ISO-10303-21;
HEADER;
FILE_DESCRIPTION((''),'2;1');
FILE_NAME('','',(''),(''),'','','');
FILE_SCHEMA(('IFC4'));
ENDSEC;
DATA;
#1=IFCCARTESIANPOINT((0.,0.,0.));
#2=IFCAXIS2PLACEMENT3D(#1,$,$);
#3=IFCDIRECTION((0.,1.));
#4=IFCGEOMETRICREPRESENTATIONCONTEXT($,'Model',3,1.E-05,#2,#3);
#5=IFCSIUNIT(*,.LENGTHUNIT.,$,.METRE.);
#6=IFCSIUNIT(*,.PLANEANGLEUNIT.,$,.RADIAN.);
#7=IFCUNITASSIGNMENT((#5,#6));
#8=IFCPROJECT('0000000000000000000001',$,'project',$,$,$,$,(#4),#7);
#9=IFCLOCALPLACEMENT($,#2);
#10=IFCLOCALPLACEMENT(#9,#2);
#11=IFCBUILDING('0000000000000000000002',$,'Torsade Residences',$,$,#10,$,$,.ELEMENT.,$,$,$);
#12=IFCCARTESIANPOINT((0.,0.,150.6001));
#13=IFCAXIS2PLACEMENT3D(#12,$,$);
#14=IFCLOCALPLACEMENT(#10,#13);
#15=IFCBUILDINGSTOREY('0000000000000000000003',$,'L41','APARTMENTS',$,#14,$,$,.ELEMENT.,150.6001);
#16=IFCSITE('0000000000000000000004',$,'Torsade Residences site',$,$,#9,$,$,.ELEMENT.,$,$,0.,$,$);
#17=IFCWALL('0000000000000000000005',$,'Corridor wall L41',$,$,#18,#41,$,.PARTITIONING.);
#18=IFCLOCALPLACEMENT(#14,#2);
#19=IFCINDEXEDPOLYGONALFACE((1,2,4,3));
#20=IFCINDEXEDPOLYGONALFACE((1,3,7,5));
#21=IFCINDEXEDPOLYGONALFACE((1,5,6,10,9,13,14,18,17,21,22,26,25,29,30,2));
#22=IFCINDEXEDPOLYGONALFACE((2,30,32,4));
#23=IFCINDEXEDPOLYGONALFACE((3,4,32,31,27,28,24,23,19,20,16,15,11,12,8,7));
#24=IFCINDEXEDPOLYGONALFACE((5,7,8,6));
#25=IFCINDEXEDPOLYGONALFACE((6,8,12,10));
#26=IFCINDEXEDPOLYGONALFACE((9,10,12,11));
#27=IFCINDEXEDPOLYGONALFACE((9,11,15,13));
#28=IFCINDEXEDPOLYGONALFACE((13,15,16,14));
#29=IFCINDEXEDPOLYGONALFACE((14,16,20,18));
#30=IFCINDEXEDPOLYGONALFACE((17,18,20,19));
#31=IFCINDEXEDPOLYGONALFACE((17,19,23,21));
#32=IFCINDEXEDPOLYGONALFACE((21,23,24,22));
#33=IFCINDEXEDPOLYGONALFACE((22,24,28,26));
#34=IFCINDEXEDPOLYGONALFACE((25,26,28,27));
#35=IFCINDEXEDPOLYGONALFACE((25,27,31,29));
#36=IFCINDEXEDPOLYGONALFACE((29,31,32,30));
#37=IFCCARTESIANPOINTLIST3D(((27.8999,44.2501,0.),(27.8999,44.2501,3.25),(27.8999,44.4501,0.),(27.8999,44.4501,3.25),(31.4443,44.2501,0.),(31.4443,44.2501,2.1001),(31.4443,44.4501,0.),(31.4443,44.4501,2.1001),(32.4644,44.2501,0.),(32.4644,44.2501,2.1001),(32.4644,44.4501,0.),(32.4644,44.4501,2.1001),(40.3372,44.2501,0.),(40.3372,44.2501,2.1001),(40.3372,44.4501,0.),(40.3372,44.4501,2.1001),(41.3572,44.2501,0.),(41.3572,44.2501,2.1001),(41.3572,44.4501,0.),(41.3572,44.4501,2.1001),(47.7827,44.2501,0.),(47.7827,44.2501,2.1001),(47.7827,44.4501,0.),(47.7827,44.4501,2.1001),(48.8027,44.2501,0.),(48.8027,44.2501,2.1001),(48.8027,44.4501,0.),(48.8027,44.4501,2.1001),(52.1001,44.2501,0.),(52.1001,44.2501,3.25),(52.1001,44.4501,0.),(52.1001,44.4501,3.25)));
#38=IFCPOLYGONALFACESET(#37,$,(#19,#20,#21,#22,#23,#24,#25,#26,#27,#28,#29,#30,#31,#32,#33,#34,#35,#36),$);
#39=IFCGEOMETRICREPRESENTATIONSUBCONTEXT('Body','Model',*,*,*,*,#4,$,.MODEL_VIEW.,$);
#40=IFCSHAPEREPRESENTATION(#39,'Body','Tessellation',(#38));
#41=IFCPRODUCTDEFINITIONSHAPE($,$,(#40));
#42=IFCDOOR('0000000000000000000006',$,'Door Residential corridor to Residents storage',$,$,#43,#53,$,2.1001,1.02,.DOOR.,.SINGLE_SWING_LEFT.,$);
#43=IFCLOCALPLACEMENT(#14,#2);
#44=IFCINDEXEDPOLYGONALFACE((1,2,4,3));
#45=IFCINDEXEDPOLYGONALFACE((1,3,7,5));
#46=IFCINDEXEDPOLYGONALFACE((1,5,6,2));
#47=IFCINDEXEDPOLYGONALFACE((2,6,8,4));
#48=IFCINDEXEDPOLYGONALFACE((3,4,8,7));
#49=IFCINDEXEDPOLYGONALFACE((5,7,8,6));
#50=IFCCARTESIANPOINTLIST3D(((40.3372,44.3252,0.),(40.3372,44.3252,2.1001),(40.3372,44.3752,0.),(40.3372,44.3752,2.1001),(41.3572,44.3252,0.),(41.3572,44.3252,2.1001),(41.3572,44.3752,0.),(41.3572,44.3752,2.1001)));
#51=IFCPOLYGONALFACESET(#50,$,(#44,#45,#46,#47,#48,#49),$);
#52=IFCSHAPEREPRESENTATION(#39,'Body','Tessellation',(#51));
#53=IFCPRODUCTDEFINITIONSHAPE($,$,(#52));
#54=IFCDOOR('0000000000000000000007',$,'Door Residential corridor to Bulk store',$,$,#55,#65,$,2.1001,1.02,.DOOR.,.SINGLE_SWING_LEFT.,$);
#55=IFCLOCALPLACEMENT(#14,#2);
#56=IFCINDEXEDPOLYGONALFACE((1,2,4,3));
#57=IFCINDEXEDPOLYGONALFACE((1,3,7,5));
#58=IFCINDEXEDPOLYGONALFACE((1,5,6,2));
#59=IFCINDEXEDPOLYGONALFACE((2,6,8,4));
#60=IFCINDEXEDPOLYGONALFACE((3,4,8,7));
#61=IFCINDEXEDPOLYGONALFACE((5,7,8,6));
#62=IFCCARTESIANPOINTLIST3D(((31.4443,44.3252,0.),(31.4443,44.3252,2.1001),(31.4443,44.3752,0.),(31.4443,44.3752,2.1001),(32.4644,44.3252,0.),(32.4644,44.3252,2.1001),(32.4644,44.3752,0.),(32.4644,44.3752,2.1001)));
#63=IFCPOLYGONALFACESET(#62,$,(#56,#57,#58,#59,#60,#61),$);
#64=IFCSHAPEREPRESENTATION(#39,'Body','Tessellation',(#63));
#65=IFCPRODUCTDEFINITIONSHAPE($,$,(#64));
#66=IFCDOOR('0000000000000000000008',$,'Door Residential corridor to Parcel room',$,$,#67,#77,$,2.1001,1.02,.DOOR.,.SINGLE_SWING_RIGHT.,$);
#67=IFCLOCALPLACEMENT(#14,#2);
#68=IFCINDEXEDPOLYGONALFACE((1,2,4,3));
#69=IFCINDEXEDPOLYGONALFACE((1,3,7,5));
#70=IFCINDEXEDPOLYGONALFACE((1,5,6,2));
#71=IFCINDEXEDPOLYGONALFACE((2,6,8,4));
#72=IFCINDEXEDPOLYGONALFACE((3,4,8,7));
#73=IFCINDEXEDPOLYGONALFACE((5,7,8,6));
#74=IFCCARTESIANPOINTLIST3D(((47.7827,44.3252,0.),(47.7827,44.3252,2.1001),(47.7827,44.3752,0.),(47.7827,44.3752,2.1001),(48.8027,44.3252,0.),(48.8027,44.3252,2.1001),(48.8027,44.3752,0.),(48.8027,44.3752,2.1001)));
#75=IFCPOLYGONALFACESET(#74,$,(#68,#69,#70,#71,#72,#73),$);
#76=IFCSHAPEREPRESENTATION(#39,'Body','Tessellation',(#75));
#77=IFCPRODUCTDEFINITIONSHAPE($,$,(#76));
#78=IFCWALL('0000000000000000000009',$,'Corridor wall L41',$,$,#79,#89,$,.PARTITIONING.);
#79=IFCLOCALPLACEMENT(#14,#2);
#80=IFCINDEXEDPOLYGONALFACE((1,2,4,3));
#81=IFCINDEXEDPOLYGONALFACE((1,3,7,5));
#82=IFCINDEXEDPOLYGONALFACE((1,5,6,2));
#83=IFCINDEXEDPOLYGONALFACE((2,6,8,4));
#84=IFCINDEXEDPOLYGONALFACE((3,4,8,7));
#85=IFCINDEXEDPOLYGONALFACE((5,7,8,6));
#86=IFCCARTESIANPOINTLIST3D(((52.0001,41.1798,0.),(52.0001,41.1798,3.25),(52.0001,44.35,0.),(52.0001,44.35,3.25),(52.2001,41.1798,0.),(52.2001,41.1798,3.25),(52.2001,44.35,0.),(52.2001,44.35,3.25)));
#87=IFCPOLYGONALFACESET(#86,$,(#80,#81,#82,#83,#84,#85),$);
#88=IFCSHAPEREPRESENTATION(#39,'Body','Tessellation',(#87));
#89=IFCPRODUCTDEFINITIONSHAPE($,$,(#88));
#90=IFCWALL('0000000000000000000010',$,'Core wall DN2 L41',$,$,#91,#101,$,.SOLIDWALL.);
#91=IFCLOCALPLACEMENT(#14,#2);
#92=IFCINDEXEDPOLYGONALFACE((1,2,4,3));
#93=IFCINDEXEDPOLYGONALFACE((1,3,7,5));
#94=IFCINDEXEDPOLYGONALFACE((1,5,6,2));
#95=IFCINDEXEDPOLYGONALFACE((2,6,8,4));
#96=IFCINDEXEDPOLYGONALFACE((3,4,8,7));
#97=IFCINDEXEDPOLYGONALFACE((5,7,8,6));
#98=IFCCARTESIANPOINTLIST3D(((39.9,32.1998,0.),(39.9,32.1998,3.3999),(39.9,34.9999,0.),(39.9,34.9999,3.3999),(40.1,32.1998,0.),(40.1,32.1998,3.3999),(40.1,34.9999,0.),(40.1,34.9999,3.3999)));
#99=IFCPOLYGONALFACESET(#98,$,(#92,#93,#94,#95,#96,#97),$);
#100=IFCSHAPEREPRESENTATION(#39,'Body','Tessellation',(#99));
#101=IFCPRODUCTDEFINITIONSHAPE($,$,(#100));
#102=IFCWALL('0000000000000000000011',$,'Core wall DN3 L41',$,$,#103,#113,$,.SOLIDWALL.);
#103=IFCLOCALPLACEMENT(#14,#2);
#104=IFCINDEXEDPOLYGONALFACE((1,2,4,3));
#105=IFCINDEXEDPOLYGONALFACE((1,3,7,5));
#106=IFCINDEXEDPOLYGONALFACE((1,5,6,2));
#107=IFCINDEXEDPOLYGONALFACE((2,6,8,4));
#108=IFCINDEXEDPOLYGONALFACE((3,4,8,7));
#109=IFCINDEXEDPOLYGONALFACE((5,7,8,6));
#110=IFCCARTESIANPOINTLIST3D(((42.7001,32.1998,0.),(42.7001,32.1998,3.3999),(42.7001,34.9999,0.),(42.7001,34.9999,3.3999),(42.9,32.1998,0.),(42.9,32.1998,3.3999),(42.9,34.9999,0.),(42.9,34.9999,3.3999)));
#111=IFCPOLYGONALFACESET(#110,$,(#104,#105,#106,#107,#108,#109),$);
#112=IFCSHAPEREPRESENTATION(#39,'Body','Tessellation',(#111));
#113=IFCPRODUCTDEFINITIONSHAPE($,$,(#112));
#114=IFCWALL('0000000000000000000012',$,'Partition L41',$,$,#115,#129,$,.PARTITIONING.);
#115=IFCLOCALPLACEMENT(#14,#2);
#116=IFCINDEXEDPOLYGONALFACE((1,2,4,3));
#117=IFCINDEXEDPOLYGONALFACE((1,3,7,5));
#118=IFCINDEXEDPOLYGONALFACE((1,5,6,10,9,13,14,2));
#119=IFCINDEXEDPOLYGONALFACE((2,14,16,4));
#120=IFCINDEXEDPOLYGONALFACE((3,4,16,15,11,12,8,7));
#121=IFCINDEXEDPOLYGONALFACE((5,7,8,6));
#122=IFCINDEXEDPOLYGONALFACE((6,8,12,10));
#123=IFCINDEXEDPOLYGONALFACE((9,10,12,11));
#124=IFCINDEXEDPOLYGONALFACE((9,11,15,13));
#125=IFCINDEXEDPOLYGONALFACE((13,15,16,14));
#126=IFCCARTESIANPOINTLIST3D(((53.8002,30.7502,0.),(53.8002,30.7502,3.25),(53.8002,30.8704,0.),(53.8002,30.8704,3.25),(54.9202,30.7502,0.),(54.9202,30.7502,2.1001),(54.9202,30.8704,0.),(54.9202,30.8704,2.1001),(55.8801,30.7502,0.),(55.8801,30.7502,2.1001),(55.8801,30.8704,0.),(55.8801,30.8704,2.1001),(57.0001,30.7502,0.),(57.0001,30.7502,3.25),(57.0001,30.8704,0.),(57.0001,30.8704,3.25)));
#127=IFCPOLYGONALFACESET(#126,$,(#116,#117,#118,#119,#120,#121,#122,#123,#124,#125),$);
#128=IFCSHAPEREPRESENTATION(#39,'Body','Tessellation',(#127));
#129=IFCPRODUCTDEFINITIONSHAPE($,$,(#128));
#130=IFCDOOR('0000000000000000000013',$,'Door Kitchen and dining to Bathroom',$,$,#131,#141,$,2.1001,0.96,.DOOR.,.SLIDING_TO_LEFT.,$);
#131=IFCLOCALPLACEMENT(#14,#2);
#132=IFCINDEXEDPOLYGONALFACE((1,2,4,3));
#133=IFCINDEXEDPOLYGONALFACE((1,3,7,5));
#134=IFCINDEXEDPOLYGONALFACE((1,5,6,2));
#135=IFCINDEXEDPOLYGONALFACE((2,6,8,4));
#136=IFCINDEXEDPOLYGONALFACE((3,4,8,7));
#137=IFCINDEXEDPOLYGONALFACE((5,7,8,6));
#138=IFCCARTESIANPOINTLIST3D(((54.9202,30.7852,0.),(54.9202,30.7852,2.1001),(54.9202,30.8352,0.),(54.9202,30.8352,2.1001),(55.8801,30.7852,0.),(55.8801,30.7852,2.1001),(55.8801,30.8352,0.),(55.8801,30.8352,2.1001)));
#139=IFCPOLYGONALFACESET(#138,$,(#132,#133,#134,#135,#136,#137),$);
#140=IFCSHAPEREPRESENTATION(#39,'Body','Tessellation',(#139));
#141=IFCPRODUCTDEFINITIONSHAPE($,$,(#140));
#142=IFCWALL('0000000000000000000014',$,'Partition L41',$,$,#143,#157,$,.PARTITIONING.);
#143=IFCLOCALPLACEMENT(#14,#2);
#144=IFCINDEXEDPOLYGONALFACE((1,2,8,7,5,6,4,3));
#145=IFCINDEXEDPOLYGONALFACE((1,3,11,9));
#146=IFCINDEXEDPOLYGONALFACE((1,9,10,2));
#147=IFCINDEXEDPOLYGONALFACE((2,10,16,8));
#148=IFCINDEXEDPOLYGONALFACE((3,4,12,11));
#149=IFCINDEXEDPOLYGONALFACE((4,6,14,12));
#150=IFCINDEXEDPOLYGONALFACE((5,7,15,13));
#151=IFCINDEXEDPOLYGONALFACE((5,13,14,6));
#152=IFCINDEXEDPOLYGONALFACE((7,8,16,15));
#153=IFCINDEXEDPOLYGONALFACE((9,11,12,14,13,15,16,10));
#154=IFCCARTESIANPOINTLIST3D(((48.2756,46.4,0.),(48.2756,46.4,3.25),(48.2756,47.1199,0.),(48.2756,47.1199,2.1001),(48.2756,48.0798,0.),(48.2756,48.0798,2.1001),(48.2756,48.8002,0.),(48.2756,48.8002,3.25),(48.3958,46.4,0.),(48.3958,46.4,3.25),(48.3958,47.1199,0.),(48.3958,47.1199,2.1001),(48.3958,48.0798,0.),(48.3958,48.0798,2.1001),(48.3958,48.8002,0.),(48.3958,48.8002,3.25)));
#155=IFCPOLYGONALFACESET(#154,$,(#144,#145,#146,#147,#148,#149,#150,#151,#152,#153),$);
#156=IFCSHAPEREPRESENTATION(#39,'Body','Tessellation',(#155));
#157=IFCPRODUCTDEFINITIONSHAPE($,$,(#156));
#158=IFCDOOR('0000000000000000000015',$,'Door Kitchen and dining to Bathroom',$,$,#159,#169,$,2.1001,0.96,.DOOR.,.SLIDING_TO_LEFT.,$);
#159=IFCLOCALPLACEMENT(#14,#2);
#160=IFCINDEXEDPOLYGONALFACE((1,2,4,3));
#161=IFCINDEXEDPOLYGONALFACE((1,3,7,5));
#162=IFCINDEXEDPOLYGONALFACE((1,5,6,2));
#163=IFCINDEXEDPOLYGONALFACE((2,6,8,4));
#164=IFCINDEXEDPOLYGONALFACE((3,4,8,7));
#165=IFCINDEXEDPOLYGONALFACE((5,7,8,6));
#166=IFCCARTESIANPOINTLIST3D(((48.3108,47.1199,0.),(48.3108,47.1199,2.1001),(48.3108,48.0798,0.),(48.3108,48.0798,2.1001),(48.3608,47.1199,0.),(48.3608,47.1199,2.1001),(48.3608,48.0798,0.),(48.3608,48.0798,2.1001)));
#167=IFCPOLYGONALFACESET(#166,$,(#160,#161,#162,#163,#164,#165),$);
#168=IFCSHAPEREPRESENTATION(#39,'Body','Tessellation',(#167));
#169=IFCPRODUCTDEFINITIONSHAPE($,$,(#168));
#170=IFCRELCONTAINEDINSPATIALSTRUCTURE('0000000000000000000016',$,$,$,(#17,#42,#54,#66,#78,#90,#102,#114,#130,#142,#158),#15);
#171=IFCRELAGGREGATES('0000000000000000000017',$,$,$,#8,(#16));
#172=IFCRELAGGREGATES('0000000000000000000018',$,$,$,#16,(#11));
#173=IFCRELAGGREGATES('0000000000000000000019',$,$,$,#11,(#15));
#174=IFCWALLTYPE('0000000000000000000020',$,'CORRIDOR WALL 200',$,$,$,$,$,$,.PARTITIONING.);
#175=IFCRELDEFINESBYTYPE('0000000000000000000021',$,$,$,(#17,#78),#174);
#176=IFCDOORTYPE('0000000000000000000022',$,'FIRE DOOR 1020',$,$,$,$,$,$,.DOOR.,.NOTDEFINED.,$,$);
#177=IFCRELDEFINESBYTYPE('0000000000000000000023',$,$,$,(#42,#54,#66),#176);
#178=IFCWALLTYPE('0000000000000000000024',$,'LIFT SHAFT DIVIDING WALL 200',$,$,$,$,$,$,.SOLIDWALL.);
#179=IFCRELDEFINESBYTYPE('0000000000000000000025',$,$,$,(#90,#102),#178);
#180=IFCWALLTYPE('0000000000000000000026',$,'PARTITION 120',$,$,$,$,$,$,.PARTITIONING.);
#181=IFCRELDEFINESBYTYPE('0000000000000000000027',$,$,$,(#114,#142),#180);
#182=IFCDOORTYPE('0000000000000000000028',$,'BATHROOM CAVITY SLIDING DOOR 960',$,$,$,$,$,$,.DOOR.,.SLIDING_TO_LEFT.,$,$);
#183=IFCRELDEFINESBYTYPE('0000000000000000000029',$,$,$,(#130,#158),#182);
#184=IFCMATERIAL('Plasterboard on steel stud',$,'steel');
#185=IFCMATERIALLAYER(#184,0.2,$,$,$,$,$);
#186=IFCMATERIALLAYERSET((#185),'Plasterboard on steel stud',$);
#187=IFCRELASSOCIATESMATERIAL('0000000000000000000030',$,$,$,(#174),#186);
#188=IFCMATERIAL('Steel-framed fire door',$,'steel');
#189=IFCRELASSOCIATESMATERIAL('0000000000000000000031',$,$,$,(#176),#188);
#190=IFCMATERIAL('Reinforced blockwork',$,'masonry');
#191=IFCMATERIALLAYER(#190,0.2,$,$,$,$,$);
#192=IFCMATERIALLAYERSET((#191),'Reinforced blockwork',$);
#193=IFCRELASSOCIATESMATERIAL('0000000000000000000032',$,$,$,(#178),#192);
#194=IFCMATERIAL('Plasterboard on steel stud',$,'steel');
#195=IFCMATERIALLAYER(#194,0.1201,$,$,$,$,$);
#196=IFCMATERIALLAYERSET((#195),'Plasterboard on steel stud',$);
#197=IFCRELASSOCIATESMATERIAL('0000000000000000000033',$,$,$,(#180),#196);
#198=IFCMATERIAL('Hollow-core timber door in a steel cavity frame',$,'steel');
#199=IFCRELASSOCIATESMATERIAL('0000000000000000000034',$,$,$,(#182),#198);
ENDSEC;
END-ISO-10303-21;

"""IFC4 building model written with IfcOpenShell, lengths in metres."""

from ifc_helpers import new_model, si_unit, direction, frame, frame_2d, origin, place, context, subcontext, project, spatial, rectangle, extrude, material, layer, layer_set, type_object, element, fill, save


model = new_model("IFC4")

# Units and contexts
model_context = context("Model", 3, precision=1e-05, world=origin(), true_north=direction((0.0, 1.0)))
body_context = subcontext(model_context, "Body", "Model", "MODEL_VIEW")
ifc_project = project(units=[si_unit("LENGTHUNIT", "METRE"), si_unit("PLANEANGLEUNIT", "RADIAN")], contexts=[model_context])

# Site, building, storey
site_placement = place(None, origin())
site = spatial("IfcSite", under=ifc_project, at=site_placement, Name="Torsade Residences site", CompositionType="ELEMENT", RefElevation=0.0)
building_placement = place(site_placement, origin())
building = spatial("IfcBuilding", under=site, at=building_placement, Name="Torsade Residences", CompositionType="ELEMENT")
storey_placement = place(building_placement, frame((0.0, 0.0, 150.6001)))
storey = spatial("IfcBuildingStorey", under=building, at=storey_placement, Name="L41", Description="APARTMENTS", CompositionType="ELEMENT", Elevation=150.6001)

# Shared definitions
ifc_material_1 = material(Name="Plasterboard on steel stud", Category="steel")
ifc_layer_1 = layer(ifc_material_1, 0.2)
ifc_layer_set_1 = layer_set([ifc_layer_1], Name="Plasterboard on steel stud")
wall_type_1 = type_object("IfcWallType", Name="CORRIDOR WALL 200", PredefinedType="PARTITIONING", material=ifc_layer_set_1)

# Wall, openings, doors
wall_1_placement = place(storey_placement, frame((52.1001, 44.3501, 0.0), z_axis=(0.0, 0.0, 1.0), x_axis=(-1.0, 0.0, 0.0)))
wall_1 = element("IfcWall", 1, at=wall_1_placement, inside=storey, type_object=wall_type_1, Name="Corridor wall L41", PredefinedType="PARTITIONING", context=body_context, shape_type="SweptSolid", body=[
    extrude(rectangle(XDim=24.2002, YDim=0.2, at=frame_2d((12.1001, 0.0))), origin(), (0.0, 0.0, 1.0), 3.25),
])
opening_1_placement = place(wall_1_placement, frame((10.7429, 0.0, 0.0)))
opening_1 = element("IfcOpeningElement", 2, at=opening_1_placement, cuts=wall_1, PredefinedType="OPENING", context=body_context, shape_type="SweptSolid", body=[
    extrude(rectangle(XDim=1.02, YDim=2.1001, at=frame_2d((0.51, 1.05))), frame((0.0, 0.1099, 0.0), z_axis=(0.0, -1.0, 0.0), x_axis=(1.0, 0.0, 0.0)), (0.0, 0.0, 1.0), 0.22),
])
opening_2_placement = place(wall_1_placement, frame((19.6357, 0.0, 0.0)))
opening_2 = element("IfcOpeningElement", 3, at=opening_2_placement, cuts=wall_1, PredefinedType="OPENING", context=body_context, shape_type="SweptSolid", body=[
    extrude(rectangle(XDim=1.02, YDim=2.1001, at=frame_2d((0.51, 1.05))), frame((0.0, 0.1099, 0.0), z_axis=(0.0, -1.0, 0.0), x_axis=(1.0, 0.0, 0.0)), (0.0, 0.0, 1.0), 0.22),
])
opening_3_placement = place(wall_1_placement, frame((3.2974, 0.0, 0.0)))
opening_3 = element("IfcOpeningElement", 4, at=opening_3_placement, cuts=wall_1, PredefinedType="OPENING", context=body_context, shape_type="SweptSolid", body=[
    extrude(rectangle(XDim=1.02, YDim=2.1001, at=frame_2d((0.51, 1.05))), frame((0.0, 0.1099, 0.0), z_axis=(0.0, -1.0, 0.0), x_axis=(1.0, 0.0, 0.0)), (0.0, 0.0, 1.0), 0.22),
])
ifc_material_2 = material(Name="Steel-framed fire door", Category="steel")
door_type_1 = type_object("IfcDoorType", Name="FIRE DOOR 1020", OperationType="NOTDEFINED", PredefinedType="DOOR", material=ifc_material_2)
door_1_placement = place(opening_1_placement, origin())
door_1 = element("IfcDoor", 5, at=door_1_placement, inside=storey, type_object=door_type_1, Name="Door Residential corridor to Residents storage", OperationType="SINGLE_SWING_LEFT", OverallHeight=2.1001, OverallWidth=1.02, PredefinedType="DOOR", context=body_context, shape_type="SweptSolid", body=[
    extrude(rectangle(XDim=1.02, YDim=2.1001, at=frame_2d((0.51, 1.05))), frame((0.0, 0.0249, 0.0), z_axis=(0.0, -1.0, 0.0), x_axis=(1.0, 0.0, 0.0)), (0.0, 0.0, 1.0), 0.05),
])
fill(opening_1, door_1)
door_2_placement = place(opening_2_placement, origin())
door_2 = element("IfcDoor", 6, at=door_2_placement, inside=storey, type_object=door_type_1, Name="Door Residential corridor to Bulk store", OperationType="SINGLE_SWING_LEFT", OverallHeight=2.1001, OverallWidth=1.02, PredefinedType="DOOR", context=body_context, shape_type="SweptSolid", body=[
    extrude(rectangle(XDim=1.02, YDim=2.1001, at=frame_2d((0.51, 1.05))), frame((0.0, 0.0249, 0.0), z_axis=(0.0, -1.0, 0.0), x_axis=(1.0, 0.0, 0.0)), (0.0, 0.0, 1.0), 0.05),
])
fill(opening_2, door_2)
door_3_placement = place(opening_3_placement, origin())
door_3 = element("IfcDoor", 7, at=door_3_placement, inside=storey, type_object=door_type_1, Name="Door Residential corridor to Parcel room", OperationType="SINGLE_SWING_RIGHT", OverallHeight=2.1001, OverallWidth=1.02, PredefinedType="DOOR", context=body_context, shape_type="SweptSolid", body=[
    extrude(rectangle(XDim=1.02, YDim=2.1001, at=frame_2d((0.51, 1.05))), frame((0.0, 0.0249, 0.0), z_axis=(0.0, -1.0, 0.0), x_axis=(1.0, 0.0, 0.0)), (0.0, 0.0, 1.0), 0.05),
])
fill(opening_3, door_3)

# Walls
wall_2_placement = place(storey_placement, frame((52.1001, 41.1799, 0.0), z_axis=(0.0, 0.0, 1.0), x_axis=(0.0, 1.0, 0.0)))
element("IfcWall", 8, at=wall_2_placement, inside=storey, type_object=wall_type_1, Name="Corridor wall L41", PredefinedType="PARTITIONING", context=body_context, shape_type="SweptSolid", body=[
    extrude(rectangle(XDim=3.1702, YDim=0.2, at=frame_2d((1.585, 0.0))), origin(), (0.0, 0.0, 1.0), 3.25),
])
ifc_material_3 = material(Name="Reinforced blockwork", Category="masonry")
ifc_layer_2 = layer(ifc_material_3, 0.2)
ifc_layer_set_2 = layer_set([ifc_layer_2], Name="Reinforced blockwork")
wall_type_2 = type_object("IfcWallType", Name="LIFT SHAFT DIVIDING WALL 200", PredefinedType="SOLIDWALL", material=ifc_layer_set_2)
for number, where, z_axis, x_axis, name in (
    (9, (40.0, 32.2, 0.0), (0.0, 0.0, 1.0), (0.0, 1.0, 0.0), "Core wall DN2 L41"),
    (10, (42.8, 32.2, 0.0), (0.0, 0.0, 1.0), (0.0, 1.0, 0.0), "Core wall DN3 L41"),
):
    element("IfcWall", number, at=place(storey_placement, frame(where, z_axis=z_axis, x_axis=x_axis)), inside=storey, type_object=wall_type_2, Name=name, PredefinedType="SOLIDWALL", context=body_context, shape_type="SweptSolid", body=[
        extrude(rectangle(XDim=2.8, YDim=0.2, at=frame_2d((1.3999, 0.0))), origin(), (0.0, 0.0, 1.0), 3.3999),
    ])

# Walls, openings, doors
ifc_material_4 = material(Name="Plasterboard on steel stud", Category="steel")
ifc_layer_3 = layer(ifc_material_4, 0.1201)
ifc_layer_set_3 = layer_set([ifc_layer_3], Name="Plasterboard on steel stud")
wall_type_3 = type_object("IfcWallType", Name="PARTITION 120", PredefinedType="PARTITIONING", material=ifc_layer_set_3)
wall_3_placement = place(storey_placement, frame((53.8, 30.8103, 0.0), z_axis=(0.0, 0.0, 1.0), x_axis=(1.0, 0.0, 0.0)))
wall_3 = element("IfcWall", 11, at=wall_3_placement, inside=storey, type_object=wall_type_3, Name="Partition L41", PredefinedType="PARTITIONING", context=body_context, shape_type="SweptSolid", body=[
    extrude(rectangle(XDim=3.2, YDim=0.1201, at=frame_2d((1.6001, 0.0))), origin(), (0.0, 0.0, 1.0), 3.25),
])
opening_4_placement = place(wall_3_placement, frame((1.1201, 0.0, 0.0)))
opening_4 = element("IfcOpeningElement", 12, at=opening_4_placement, cuts=wall_3, PredefinedType="OPENING", context=body_context, shape_type="SweptSolid", body=[
    extrude(rectangle(XDim=0.96, YDim=2.1001, at=frame_2d((0.48, 1.05))), frame((0.0, 0.0701, 0.0), z_axis=(0.0, -1.0, 0.0), x_axis=(1.0, 0.0, 0.0)), (0.0, 0.0, 1.0), 0.1401),
])
ifc_material_5 = material(Name="Hollow-core timber door in a steel cavity frame", Category="steel")
door_type_2 = type_object("IfcDoorType", Name="BATHROOM CAVITY SLIDING DOOR 960", OperationType="SLIDING_TO_LEFT", PredefinedType="DOOR", material=ifc_material_5)
door_4_placement = place(opening_4_placement, origin())
door_4 = element("IfcDoor", 13, at=door_4_placement, inside=storey, type_object=door_type_2, Name="Door Kitchen and dining to Bathroom", OperationType="SLIDING_TO_LEFT", OverallHeight=2.1001, OverallWidth=0.96, PredefinedType="DOOR", context=body_context, shape_type="SweptSolid", body=[
    extrude(rectangle(XDim=0.96, YDim=2.1001, at=frame_2d((0.48, 1.05))), frame((0.0, 0.0249, 0.0), z_axis=(0.0, -1.0, 0.0), x_axis=(1.0, 0.0, 0.0)), (0.0, 0.0, 1.0), 0.05),
])
fill(opening_4, door_4)
wall_4_placement = place(storey_placement, frame((48.3357, 46.3999, 0.0), z_axis=(0.0, 0.0, 1.0), x_axis=(0.0, 1.0, 0.0)))
wall_4 = element("IfcWall", 14, at=wall_4_placement, inside=storey, type_object=wall_type_3, Name="Partition L41", PredefinedType="PARTITIONING", context=body_context, shape_type="SweptSolid", body=[
    extrude(rectangle(XDim=2.4001, YDim=0.1201, at=frame_2d((1.2002, 0.0))), origin(), (0.0, 0.0, 1.0), 3.25),
])
opening_5_placement = place(wall_4_placement, frame((0.72, 0.0, 0.0)))
opening_5 = element("IfcOpeningElement", 15, at=opening_5_placement, cuts=wall_4, PredefinedType="OPENING", context=body_context, shape_type="SweptSolid", body=[
    extrude(rectangle(XDim=0.96, YDim=2.1001, at=frame_2d((0.48, 1.05))), frame((0.0, 0.0701, 0.0), z_axis=(0.0, -1.0, 0.0), x_axis=(1.0, 0.0, 0.0)), (0.0, 0.0, 1.0), 0.1401),
])
door_5_placement = place(opening_5_placement, origin())
door_5 = element("IfcDoor", 16, at=door_5_placement, inside=storey, type_object=door_type_2, Name="Door Kitchen and dining to Bathroom", OperationType="SLIDING_TO_LEFT", OverallHeight=2.1001, OverallWidth=0.96, PredefinedType="DOOR", context=body_context, shape_type="SweptSolid", body=[
    extrude(rectangle(XDim=0.96, YDim=2.1001, at=frame_2d((0.48, 1.05))), frame((0.0, 0.0249, 0.0), z_axis=(0.0, -1.0, 0.0), x_axis=(1.0, 0.0, 0.0)), (0.0, 0.0, 1.0), 0.05),
])
fill(opening_5, door_5)

save(model, "model.ifc")
